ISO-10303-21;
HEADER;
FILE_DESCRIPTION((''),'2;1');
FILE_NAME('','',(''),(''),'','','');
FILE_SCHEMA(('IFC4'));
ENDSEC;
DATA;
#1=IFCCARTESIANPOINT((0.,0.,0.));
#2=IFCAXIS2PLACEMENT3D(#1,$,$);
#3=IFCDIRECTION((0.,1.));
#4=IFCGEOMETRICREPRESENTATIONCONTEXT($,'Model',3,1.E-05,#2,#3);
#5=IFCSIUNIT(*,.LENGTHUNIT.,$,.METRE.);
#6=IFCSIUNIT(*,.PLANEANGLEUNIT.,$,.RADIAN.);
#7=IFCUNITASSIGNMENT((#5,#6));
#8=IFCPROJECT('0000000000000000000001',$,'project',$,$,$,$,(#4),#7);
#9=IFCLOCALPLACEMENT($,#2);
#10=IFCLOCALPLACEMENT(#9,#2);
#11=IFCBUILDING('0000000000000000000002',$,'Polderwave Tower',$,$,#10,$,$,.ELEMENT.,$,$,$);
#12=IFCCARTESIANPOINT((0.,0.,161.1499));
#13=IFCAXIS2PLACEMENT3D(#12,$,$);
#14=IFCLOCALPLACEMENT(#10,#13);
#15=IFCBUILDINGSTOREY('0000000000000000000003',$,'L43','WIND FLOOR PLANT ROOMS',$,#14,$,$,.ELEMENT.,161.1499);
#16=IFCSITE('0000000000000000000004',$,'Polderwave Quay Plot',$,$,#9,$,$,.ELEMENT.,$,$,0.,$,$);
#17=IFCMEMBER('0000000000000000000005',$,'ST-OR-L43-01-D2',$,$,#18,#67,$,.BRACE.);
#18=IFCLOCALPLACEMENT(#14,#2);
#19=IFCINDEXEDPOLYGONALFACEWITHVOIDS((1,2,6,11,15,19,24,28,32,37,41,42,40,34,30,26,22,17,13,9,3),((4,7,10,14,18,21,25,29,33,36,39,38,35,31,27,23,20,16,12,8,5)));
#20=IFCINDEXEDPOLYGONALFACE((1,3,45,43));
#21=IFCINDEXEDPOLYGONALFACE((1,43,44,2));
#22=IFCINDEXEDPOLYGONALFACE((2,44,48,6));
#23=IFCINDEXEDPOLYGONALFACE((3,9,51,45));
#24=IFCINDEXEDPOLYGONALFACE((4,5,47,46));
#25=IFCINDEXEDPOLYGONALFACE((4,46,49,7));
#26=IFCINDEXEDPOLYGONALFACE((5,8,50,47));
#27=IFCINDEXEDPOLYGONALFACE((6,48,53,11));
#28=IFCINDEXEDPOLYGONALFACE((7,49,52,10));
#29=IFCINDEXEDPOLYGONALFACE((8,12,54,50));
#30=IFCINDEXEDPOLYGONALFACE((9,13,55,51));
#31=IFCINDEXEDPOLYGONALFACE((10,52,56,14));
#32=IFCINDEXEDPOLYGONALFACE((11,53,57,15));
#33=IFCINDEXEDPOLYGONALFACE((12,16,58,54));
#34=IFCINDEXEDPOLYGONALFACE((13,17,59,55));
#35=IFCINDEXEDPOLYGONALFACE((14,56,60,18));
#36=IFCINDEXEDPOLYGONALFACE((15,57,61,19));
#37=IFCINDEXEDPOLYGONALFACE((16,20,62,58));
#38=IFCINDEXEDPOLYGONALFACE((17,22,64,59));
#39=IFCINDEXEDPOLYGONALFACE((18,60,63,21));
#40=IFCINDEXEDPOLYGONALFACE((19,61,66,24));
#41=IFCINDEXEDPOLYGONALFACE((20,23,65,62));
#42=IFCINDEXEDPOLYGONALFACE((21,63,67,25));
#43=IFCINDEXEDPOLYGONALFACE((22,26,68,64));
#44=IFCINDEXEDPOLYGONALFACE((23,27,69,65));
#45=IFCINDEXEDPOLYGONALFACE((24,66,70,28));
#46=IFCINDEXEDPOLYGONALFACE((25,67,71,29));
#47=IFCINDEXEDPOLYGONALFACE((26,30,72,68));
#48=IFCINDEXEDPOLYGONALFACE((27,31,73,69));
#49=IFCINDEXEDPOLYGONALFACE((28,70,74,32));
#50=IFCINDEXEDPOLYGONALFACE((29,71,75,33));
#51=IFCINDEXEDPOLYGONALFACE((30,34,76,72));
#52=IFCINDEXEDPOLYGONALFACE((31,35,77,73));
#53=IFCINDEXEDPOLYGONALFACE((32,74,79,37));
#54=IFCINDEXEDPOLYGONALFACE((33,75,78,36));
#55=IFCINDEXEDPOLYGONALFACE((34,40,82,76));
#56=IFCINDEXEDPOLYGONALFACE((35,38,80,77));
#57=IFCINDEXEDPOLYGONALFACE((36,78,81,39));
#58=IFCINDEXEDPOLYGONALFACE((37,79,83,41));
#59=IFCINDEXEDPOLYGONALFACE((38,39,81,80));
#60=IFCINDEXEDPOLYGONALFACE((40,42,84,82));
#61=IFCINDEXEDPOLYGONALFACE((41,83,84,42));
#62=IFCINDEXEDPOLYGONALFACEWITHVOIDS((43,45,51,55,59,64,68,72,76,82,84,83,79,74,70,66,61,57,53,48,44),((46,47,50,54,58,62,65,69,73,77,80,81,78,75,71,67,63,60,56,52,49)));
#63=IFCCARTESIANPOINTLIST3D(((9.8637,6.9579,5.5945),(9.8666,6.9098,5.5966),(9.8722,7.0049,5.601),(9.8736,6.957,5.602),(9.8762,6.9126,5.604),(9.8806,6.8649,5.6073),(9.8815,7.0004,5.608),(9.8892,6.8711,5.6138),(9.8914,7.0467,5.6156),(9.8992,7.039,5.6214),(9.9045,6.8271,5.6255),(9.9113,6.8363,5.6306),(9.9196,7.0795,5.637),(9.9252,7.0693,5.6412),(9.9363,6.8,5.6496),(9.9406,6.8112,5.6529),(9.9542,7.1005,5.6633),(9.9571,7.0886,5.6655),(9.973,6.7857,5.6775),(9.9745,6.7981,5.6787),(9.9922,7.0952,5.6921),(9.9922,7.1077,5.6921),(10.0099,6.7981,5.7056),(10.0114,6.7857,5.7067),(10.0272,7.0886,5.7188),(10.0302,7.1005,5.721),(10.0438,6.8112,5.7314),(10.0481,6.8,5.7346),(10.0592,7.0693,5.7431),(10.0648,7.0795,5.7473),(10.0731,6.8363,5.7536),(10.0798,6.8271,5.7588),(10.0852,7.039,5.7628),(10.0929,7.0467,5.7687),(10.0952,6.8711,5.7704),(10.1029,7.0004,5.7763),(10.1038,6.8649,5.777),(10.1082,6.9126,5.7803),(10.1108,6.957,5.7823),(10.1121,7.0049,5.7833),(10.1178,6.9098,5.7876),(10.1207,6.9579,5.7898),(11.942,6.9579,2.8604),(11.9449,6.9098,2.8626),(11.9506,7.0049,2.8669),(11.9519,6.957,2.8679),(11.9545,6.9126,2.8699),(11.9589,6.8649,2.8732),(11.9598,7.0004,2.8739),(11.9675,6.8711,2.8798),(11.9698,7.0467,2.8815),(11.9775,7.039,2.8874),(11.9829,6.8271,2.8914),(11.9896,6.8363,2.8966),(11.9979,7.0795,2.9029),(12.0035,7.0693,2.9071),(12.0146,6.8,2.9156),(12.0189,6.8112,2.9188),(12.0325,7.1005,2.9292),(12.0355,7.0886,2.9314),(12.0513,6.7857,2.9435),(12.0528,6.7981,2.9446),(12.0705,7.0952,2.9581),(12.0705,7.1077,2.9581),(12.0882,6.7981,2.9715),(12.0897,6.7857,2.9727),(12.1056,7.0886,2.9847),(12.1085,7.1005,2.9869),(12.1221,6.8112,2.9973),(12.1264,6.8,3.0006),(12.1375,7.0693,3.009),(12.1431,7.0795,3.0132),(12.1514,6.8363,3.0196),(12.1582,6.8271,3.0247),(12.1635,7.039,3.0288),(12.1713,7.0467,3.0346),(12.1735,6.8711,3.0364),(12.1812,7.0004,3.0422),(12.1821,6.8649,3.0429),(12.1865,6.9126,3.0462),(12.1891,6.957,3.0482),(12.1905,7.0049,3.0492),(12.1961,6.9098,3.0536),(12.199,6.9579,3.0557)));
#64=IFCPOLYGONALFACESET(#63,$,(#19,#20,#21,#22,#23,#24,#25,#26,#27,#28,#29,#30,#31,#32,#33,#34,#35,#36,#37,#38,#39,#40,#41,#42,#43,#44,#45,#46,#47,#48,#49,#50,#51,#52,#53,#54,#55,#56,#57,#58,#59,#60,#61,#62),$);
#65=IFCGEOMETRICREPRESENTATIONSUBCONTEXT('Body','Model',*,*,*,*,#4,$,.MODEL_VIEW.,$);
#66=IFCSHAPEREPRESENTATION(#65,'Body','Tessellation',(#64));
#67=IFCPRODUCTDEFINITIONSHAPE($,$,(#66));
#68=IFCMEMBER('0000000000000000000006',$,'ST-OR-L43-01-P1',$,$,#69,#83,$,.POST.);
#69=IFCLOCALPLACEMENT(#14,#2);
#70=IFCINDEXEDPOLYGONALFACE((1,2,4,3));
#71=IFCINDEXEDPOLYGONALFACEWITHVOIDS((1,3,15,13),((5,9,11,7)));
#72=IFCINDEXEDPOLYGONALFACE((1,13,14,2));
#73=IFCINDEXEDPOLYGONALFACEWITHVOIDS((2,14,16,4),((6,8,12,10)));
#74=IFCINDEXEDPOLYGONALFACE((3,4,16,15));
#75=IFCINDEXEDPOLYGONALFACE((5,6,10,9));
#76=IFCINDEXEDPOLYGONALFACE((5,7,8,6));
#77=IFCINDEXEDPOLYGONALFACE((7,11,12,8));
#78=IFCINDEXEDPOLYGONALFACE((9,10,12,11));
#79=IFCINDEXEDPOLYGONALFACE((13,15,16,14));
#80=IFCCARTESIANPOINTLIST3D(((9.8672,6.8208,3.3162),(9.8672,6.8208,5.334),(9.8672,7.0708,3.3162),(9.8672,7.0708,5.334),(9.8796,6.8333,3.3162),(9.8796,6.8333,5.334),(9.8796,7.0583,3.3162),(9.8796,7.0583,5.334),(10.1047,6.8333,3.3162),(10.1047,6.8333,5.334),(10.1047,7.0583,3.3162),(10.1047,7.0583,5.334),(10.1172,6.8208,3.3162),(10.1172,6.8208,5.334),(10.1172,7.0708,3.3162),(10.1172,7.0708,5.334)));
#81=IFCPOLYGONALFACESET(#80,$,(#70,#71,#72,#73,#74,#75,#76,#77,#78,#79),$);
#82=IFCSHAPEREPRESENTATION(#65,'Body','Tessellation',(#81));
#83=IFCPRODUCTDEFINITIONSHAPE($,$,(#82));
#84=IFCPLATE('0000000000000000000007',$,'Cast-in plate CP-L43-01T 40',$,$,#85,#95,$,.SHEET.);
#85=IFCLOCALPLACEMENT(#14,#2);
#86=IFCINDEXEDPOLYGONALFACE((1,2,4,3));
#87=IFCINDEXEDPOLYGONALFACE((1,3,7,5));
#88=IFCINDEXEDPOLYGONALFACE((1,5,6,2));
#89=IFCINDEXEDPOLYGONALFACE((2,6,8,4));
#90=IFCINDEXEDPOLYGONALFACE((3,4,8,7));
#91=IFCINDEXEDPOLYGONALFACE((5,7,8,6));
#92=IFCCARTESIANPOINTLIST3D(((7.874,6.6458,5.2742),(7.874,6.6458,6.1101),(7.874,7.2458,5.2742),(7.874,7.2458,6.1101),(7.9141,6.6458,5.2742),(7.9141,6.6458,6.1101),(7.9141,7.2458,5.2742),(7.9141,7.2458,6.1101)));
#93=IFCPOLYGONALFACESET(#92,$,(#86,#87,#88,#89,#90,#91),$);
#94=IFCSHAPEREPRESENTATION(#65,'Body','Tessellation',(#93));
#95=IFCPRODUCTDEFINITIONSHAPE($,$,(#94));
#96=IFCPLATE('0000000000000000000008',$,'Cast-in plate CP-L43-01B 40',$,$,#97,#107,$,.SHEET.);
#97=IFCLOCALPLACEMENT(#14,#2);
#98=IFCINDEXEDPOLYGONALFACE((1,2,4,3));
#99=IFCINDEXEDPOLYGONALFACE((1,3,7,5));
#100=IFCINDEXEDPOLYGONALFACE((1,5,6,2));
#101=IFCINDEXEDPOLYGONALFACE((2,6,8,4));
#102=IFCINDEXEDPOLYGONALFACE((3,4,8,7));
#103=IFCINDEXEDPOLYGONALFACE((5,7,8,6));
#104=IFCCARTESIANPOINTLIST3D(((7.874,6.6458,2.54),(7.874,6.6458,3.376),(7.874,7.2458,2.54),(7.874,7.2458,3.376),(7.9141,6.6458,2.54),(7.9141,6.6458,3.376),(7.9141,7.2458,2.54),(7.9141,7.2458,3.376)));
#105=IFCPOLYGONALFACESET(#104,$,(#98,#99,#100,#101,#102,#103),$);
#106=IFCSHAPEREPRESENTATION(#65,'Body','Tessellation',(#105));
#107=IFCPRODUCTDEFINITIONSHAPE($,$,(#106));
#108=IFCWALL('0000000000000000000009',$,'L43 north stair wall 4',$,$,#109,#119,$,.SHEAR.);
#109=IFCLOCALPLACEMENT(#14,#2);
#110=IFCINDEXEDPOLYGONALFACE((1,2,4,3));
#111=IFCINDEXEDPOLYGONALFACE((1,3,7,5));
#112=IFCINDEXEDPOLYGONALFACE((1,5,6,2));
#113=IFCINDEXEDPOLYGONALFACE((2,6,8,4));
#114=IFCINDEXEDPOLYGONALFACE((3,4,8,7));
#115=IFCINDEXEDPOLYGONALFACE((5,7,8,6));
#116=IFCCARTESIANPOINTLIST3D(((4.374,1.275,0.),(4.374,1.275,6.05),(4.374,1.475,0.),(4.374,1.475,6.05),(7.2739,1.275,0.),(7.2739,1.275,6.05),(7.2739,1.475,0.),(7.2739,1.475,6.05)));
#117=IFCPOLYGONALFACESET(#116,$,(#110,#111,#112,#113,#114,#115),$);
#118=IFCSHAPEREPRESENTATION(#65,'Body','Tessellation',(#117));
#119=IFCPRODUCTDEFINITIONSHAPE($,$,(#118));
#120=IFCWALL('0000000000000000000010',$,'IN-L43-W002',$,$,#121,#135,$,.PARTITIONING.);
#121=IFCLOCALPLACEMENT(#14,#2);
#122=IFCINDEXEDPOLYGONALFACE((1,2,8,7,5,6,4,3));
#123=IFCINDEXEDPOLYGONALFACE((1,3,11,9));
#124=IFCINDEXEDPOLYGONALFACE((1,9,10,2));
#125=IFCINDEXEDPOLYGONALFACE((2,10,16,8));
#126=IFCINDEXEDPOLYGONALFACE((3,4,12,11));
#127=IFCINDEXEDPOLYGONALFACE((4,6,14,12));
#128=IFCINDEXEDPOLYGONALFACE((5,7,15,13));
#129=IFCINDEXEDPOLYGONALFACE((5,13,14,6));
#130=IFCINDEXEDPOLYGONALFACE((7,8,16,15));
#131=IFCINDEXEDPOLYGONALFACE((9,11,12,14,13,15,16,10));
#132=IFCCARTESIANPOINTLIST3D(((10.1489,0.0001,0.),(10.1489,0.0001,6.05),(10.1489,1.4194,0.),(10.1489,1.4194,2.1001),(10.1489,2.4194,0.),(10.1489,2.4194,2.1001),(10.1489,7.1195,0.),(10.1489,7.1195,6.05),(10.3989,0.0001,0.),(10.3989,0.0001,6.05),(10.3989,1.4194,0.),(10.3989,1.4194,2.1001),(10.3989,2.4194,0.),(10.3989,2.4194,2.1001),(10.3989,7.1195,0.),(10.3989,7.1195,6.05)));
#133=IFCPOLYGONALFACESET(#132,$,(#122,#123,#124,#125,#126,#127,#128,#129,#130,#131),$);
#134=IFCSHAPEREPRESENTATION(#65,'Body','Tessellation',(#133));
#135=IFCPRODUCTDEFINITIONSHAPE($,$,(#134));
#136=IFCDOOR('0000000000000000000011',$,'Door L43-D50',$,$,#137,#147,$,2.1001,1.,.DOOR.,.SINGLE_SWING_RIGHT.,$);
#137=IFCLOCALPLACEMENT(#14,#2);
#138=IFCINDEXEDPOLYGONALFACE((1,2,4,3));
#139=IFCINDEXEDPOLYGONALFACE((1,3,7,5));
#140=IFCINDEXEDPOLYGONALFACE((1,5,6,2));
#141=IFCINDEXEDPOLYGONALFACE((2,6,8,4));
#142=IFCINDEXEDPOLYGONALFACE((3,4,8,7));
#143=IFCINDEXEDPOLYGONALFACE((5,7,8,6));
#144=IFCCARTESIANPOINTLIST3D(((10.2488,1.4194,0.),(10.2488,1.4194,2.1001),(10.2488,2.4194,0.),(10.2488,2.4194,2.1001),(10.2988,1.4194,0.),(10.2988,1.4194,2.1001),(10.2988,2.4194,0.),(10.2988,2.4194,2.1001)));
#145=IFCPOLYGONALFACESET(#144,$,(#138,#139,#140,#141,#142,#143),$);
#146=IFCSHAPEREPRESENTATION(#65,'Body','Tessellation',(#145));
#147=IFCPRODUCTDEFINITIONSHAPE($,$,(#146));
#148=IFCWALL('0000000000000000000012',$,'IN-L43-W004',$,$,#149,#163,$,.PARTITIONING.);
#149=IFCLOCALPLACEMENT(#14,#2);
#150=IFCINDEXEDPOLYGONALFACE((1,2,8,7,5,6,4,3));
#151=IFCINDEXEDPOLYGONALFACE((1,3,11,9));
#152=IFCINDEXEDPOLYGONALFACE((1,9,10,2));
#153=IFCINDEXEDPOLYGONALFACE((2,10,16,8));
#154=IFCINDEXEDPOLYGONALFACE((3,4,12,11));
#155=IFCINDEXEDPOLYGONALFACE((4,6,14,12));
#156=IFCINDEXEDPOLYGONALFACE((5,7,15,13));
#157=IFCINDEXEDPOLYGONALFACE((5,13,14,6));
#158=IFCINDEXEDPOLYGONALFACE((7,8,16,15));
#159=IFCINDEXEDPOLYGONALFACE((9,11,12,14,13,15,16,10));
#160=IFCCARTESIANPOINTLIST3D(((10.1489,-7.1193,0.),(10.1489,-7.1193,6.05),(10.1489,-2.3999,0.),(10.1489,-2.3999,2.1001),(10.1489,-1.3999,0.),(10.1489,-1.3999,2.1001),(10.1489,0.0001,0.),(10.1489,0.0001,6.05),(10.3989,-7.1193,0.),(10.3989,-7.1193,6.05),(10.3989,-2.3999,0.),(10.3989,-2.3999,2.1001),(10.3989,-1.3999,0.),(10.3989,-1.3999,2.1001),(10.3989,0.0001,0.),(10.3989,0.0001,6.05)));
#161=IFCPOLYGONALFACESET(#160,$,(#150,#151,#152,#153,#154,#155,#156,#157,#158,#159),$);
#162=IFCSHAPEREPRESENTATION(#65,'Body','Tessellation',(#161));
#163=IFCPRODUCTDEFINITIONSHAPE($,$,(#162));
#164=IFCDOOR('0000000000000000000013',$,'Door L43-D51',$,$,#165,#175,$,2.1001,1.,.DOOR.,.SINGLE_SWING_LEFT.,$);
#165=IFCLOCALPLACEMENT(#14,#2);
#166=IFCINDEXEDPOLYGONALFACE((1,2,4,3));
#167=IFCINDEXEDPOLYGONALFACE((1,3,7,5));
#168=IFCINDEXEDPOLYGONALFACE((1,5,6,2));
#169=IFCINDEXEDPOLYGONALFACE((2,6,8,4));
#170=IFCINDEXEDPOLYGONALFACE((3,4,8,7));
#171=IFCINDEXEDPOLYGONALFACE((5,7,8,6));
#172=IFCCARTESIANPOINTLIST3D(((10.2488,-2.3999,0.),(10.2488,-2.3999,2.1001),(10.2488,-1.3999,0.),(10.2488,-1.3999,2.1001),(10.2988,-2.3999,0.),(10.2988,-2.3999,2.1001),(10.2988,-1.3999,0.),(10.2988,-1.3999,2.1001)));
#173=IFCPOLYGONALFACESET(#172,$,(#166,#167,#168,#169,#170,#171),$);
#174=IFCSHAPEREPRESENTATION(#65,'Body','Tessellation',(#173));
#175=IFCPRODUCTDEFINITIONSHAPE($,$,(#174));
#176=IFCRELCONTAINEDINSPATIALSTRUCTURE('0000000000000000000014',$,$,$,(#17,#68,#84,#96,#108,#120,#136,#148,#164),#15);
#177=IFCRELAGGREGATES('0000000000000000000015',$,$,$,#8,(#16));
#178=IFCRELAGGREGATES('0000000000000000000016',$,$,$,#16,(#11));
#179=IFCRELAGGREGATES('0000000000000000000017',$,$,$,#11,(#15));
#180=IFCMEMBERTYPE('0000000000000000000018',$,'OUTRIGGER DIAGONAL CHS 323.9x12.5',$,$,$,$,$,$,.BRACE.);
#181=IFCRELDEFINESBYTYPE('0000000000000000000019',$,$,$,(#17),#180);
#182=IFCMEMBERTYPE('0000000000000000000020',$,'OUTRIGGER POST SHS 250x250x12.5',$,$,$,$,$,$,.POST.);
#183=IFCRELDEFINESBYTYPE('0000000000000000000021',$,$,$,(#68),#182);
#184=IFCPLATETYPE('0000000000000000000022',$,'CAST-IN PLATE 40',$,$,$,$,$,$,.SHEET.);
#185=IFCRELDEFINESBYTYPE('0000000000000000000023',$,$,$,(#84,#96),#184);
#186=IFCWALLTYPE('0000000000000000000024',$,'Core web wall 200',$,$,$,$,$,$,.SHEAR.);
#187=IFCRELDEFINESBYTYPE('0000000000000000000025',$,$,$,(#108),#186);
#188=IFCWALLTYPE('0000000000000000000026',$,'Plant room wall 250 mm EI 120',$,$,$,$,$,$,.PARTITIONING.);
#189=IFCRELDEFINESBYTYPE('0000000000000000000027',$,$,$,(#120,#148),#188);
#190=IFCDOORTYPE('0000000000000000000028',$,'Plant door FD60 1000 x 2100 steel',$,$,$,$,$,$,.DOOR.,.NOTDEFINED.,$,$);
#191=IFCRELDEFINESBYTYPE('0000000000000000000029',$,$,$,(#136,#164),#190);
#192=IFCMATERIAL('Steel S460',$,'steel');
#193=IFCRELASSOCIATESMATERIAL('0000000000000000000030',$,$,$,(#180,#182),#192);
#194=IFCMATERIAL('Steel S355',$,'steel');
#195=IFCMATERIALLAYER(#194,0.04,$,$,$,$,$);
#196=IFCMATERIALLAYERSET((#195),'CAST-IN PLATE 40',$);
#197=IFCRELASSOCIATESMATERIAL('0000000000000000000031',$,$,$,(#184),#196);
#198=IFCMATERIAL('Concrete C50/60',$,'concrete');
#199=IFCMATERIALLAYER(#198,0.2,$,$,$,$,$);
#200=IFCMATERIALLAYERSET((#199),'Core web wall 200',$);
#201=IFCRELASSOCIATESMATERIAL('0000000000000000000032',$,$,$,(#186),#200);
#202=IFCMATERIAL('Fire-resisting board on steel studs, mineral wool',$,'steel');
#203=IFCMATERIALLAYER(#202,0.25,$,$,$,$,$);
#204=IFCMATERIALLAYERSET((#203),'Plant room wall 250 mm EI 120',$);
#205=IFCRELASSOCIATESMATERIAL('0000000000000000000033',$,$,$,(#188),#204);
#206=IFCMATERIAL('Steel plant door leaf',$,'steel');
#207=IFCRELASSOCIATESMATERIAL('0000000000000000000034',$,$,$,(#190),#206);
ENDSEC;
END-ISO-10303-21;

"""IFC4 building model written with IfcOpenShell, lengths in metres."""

from ifc_helpers import new_model, si_unit, direction, frame, frame_2d, origin, origin_2d, place, context, subcontext, project, spatial, rectangle, hollow_rectangle, hollow_circle, extrude, material, layer, layer_set, material_profile, profile_set, type_object, element, fill, save


model = new_model("IFC4")

# Units and contexts
model_context = context("Model", 3, precision=1e-05, world=origin(), true_north=direction((0.0, 1.0)))
body_context = subcontext(model_context, "Body", "Model", "MODEL_VIEW")
ifc_project = project(units=[si_unit("LENGTHUNIT", "METRE"), si_unit("PLANEANGLEUNIT", "RADIAN")], contexts=[model_context])

# Site, building, storey
site_placement = place(None, origin())
site = spatial("IfcSite", under=ifc_project, at=site_placement, Name="Polderwave Quay Plot", CompositionType="ELEMENT", RefElevation=0.0)
building_placement = place(site_placement, origin())
building = spatial("IfcBuilding", under=site, at=building_placement, Name="Polderwave Tower", CompositionType="ELEMENT")
storey_placement = place(building_placement, frame((0.0, 0.0, 161.1499)))
storey = spatial("IfcBuildingStorey", under=building, at=storey_placement, Name="L43", Description="WIND FLOOR PLANT ROOMS", CompositionType="ELEMENT", Elevation=161.1499)

# Members
ifc_material_1 = material(Name="Steel S460", Category="steel")
ifc_material_profile_1 = material_profile(ifc_material_1, hollow_circle(Radius=0.1619, WallThickness=0.0125, at=origin_2d()), Name="CHS 323.9x12.5")
ifc_profile_set_1 = profile_set([ifc_material_profile_1], Name="Steel S460")
member_type_1 = type_object("IfcMemberType", Name="OUTRIGGER DIAGONAL CHS 323.9x12.5", PredefinedType="BRACE", material=ifc_profile_set_1)
for number, where, z_axis, x_axis, name in (
    (1, (9.9922, 6.9458, 5.6921), (0.605163, 0.0, -0.796102), (0.0, 1.0, 0.0), "ST-OR-L43-01-D2"),
):
    element("IfcMember", number, at=place(storey_placement, frame(where, z_axis=z_axis, x_axis=x_axis)), inside=storey, type_object=member_type_1, Name=name, PredefinedType="BRACE", context=body_context, shape_type="SweptSolid", body=[
        extrude(hollow_circle(Radius=0.1619, WallThickness=0.0125, at=origin_2d()), origin(), (0.0, 0.0, 1.0), 3.4343),
    ])
ifc_material_profile_2 = material_profile(ifc_material_1, hollow_rectangle(XDim=0.25, YDim=0.25, WallThickness=0.0125, at=origin_2d()), Name="SHS 250x250x12.5")
ifc_profile_set_2 = profile_set([ifc_material_profile_2], Name="Steel S460")
member_type_2 = type_object("IfcMemberType", Name="OUTRIGGER POST SHS 250x250x12.5", PredefinedType="POST", material=ifc_profile_set_2)
member_placement = place(storey_placement, frame((9.9922, 6.9458, 3.3162), z_axis=(0.0, 0.0, 1.0), x_axis=(1.0, 0.0, 0.0)))
element("IfcMember", 2, at=member_placement, inside=storey, type_object=member_type_2, Name="ST-OR-L43-01-P1", PredefinedType="POST", context=body_context, shape_type="SweptSolid", body=[
    extrude(hollow_rectangle(XDim=0.25, YDim=0.25, WallThickness=0.0125, at=origin_2d()), origin(), (0.0, 0.0, 1.0), 2.0178),
])

# Plates
ifc_material_2 = material(Name="Steel S355", Category="steel")
ifc_layer_1 = layer(ifc_material_2, 0.04)
ifc_layer_set_1 = layer_set([ifc_layer_1], Name="CAST-IN PLATE 40")
plate_type = type_object("IfcPlateType", Name="CAST-IN PLATE 40", PredefinedType="SHEET", material=ifc_layer_set_1)
for number, where, z_axis, x_axis, name in (
    (3, (7.894, 6.9458, 5.2742), (0.0, 0.0, 1.0), (1.0, 0.0, 0.0), "Cast-in plate CP-L43-01T 40"),
    (4, (7.894, 6.9458, 2.54), (0.0, 0.0, 1.0), (1.0, 0.0, 0.0), "Cast-in plate CP-L43-01B 40"),
):
    element("IfcPlate", number, at=place(storey_placement, frame(where, z_axis=z_axis, x_axis=x_axis)), inside=storey, type_object=plate_type, Name=name, PredefinedType="SHEET", context=body_context, shape_type="SweptSolid", body=[
        extrude(rectangle(XDim=0.04, YDim=0.6001, at=origin_2d()), origin(), (0.0, 0.0, 1.0), 0.8359),
    ])

# Wall
ifc_material_3 = material(Name="Concrete C50/60", Category="concrete")
ifc_layer_2 = layer(ifc_material_3, 0.2)
ifc_layer_set_2 = layer_set([ifc_layer_2], Name="Core web wall 200")
wall_type_1 = type_object("IfcWallType", Name="Core web wall 200", PredefinedType="SHEAR", material=ifc_layer_set_2)
wall_1_placement = place(storey_placement, frame((4.374, 1.375, 0.0), z_axis=(0.0, 0.0, 1.0), x_axis=(1.0, 0.0, 0.0)))
element("IfcWall", 5, at=wall_1_placement, inside=storey, type_object=wall_type_1, Name="L43 north stair wall 4", PredefinedType="SHEAR", context=body_context, shape_type="SweptSolid", body=[
    extrude(rectangle(XDim=2.8999, YDim=0.2, at=frame_2d((1.45, 0.0))), origin(), (0.0, 0.0, 1.0), 6.05),
])

# Walls, openings, doors
ifc_material_4 = material(Name="Fire-resisting board on steel studs, mineral wool", Category="steel")
ifc_layer_3 = layer(ifc_material_4, 0.25)
ifc_layer_set_3 = layer_set([ifc_layer_3], Name="Plant room wall 250 mm EI 120")
wall_type_2 = type_object("IfcWallType", Name="Plant room wall 250 mm EI 120", PredefinedType="PARTITIONING", material=ifc_layer_set_3)
wall_2_placement = place(storey_placement, frame((10.2739, 7.1194, 0.0), z_axis=(0.0, 0.0, 1.0), x_axis=(0.0, -1.0, 0.0)))
wall_2 = element("IfcWall", 6, at=wall_2_placement, inside=storey, type_object=wall_type_2, Name="IN-L43-W002", PredefinedType="PARTITIONING", context=body_context, shape_type="SweptSolid", body=[
    extrude(rectangle(XDim=7.1194, YDim=0.25, at=frame_2d((3.5596, 0.0))), origin(), (0.0, 0.0, 1.0), 6.05),
])
opening_1_placement = place(wall_2_placement, frame((4.7, 0.0, 0.0)))
opening_1 = element("IfcOpeningElement", 7, at=opening_1_placement, cuts=wall_2, PredefinedType="OPENING", context=body_context, shape_type="SweptSolid", body=[
    extrude(rectangle(XDim=1.0, YDim=2.1001, at=frame_2d((0.5, 1.05))), frame((0.0, 0.135, 0.0), z_axis=(0.0, -1.0, 0.0), x_axis=(1.0, 0.0, 0.0)), (0.0, 0.0, 1.0), 0.27),
])
ifc_material_5 = material(Name="Steel plant door leaf", Category="steel")
door_type = type_object("IfcDoorType", Name="Plant door FD60 1000 x 2100 steel", OperationType="NOTDEFINED", PredefinedType="DOOR", material=ifc_material_5)
door_1_placement = place(opening_1_placement, origin())
door_1 = element("IfcDoor", 8, at=door_1_placement, inside=storey, type_object=door_type, Name="Door L43-D50", OperationType="SINGLE_SWING_RIGHT", OverallHeight=2.1001, OverallWidth=1.0, PredefinedType="DOOR", context=body_context, shape_type="SweptSolid", body=[
    extrude(rectangle(XDim=1.0, YDim=2.1001, at=frame_2d((0.5, 1.05))), frame((0.0, 0.0249, 0.0), z_axis=(0.0, -1.0, 0.0), x_axis=(1.0, 0.0, 0.0)), (0.0, 0.0, 1.0), 0.05),
])
fill(opening_1, door_1)
wall_3_placement = place(storey_placement, frame((10.2739, 0.0, 0.0), z_axis=(0.0, 0.0, 1.0), x_axis=(0.0, -1.0, 0.0)))
wall_3 = element("IfcWall", 9, at=wall_3_placement, inside=storey, type_object=wall_type_2, Name="IN-L43-W004", PredefinedType="PARTITIONING", context=body_context, shape_type="SweptSolid", body=[
    extrude(rectangle(XDim=7.1194, YDim=0.25, at=frame_2d((3.5596, 0.0))), origin(), (0.0, 0.0, 1.0), 6.05),
])
opening_2_placement = place(wall_3_placement, frame((1.3999, 0.0, 0.0)))
opening_2 = element("IfcOpeningElement", 10, at=opening_2_placement, cuts=wall_3, PredefinedType="OPENING", context=body_context, shape_type="SweptSolid", body=[
    extrude(rectangle(XDim=1.0, YDim=2.1001, at=frame_2d((0.5, 1.05))), frame((0.0, 0.135, 0.0), z_axis=(0.0, -1.0, 0.0), x_axis=(1.0, 0.0, 0.0)), (0.0, 0.0, 1.0), 0.27),
])
door_2_placement = place(opening_2_placement, origin())
door_2 = element("IfcDoor", 11, at=door_2_placement, inside=storey, type_object=door_type, Name="Door L43-D51", OperationType="SINGLE_SWING_LEFT", OverallHeight=2.1001, OverallWidth=1.0, PredefinedType="DOOR", context=body_context, shape_type="SweptSolid", body=[
    extrude(rectangle(XDim=1.0, YDim=2.1001, at=frame_2d((0.5, 1.05))), frame((0.0, 0.0249, 0.0), z_axis=(0.0, -1.0, 0.0), x_axis=(1.0, 0.0, 0.0)), (0.0, 0.0, 1.0), 0.05),
])
fill(opening_2, door_2)

save(model, "model.ifc")
